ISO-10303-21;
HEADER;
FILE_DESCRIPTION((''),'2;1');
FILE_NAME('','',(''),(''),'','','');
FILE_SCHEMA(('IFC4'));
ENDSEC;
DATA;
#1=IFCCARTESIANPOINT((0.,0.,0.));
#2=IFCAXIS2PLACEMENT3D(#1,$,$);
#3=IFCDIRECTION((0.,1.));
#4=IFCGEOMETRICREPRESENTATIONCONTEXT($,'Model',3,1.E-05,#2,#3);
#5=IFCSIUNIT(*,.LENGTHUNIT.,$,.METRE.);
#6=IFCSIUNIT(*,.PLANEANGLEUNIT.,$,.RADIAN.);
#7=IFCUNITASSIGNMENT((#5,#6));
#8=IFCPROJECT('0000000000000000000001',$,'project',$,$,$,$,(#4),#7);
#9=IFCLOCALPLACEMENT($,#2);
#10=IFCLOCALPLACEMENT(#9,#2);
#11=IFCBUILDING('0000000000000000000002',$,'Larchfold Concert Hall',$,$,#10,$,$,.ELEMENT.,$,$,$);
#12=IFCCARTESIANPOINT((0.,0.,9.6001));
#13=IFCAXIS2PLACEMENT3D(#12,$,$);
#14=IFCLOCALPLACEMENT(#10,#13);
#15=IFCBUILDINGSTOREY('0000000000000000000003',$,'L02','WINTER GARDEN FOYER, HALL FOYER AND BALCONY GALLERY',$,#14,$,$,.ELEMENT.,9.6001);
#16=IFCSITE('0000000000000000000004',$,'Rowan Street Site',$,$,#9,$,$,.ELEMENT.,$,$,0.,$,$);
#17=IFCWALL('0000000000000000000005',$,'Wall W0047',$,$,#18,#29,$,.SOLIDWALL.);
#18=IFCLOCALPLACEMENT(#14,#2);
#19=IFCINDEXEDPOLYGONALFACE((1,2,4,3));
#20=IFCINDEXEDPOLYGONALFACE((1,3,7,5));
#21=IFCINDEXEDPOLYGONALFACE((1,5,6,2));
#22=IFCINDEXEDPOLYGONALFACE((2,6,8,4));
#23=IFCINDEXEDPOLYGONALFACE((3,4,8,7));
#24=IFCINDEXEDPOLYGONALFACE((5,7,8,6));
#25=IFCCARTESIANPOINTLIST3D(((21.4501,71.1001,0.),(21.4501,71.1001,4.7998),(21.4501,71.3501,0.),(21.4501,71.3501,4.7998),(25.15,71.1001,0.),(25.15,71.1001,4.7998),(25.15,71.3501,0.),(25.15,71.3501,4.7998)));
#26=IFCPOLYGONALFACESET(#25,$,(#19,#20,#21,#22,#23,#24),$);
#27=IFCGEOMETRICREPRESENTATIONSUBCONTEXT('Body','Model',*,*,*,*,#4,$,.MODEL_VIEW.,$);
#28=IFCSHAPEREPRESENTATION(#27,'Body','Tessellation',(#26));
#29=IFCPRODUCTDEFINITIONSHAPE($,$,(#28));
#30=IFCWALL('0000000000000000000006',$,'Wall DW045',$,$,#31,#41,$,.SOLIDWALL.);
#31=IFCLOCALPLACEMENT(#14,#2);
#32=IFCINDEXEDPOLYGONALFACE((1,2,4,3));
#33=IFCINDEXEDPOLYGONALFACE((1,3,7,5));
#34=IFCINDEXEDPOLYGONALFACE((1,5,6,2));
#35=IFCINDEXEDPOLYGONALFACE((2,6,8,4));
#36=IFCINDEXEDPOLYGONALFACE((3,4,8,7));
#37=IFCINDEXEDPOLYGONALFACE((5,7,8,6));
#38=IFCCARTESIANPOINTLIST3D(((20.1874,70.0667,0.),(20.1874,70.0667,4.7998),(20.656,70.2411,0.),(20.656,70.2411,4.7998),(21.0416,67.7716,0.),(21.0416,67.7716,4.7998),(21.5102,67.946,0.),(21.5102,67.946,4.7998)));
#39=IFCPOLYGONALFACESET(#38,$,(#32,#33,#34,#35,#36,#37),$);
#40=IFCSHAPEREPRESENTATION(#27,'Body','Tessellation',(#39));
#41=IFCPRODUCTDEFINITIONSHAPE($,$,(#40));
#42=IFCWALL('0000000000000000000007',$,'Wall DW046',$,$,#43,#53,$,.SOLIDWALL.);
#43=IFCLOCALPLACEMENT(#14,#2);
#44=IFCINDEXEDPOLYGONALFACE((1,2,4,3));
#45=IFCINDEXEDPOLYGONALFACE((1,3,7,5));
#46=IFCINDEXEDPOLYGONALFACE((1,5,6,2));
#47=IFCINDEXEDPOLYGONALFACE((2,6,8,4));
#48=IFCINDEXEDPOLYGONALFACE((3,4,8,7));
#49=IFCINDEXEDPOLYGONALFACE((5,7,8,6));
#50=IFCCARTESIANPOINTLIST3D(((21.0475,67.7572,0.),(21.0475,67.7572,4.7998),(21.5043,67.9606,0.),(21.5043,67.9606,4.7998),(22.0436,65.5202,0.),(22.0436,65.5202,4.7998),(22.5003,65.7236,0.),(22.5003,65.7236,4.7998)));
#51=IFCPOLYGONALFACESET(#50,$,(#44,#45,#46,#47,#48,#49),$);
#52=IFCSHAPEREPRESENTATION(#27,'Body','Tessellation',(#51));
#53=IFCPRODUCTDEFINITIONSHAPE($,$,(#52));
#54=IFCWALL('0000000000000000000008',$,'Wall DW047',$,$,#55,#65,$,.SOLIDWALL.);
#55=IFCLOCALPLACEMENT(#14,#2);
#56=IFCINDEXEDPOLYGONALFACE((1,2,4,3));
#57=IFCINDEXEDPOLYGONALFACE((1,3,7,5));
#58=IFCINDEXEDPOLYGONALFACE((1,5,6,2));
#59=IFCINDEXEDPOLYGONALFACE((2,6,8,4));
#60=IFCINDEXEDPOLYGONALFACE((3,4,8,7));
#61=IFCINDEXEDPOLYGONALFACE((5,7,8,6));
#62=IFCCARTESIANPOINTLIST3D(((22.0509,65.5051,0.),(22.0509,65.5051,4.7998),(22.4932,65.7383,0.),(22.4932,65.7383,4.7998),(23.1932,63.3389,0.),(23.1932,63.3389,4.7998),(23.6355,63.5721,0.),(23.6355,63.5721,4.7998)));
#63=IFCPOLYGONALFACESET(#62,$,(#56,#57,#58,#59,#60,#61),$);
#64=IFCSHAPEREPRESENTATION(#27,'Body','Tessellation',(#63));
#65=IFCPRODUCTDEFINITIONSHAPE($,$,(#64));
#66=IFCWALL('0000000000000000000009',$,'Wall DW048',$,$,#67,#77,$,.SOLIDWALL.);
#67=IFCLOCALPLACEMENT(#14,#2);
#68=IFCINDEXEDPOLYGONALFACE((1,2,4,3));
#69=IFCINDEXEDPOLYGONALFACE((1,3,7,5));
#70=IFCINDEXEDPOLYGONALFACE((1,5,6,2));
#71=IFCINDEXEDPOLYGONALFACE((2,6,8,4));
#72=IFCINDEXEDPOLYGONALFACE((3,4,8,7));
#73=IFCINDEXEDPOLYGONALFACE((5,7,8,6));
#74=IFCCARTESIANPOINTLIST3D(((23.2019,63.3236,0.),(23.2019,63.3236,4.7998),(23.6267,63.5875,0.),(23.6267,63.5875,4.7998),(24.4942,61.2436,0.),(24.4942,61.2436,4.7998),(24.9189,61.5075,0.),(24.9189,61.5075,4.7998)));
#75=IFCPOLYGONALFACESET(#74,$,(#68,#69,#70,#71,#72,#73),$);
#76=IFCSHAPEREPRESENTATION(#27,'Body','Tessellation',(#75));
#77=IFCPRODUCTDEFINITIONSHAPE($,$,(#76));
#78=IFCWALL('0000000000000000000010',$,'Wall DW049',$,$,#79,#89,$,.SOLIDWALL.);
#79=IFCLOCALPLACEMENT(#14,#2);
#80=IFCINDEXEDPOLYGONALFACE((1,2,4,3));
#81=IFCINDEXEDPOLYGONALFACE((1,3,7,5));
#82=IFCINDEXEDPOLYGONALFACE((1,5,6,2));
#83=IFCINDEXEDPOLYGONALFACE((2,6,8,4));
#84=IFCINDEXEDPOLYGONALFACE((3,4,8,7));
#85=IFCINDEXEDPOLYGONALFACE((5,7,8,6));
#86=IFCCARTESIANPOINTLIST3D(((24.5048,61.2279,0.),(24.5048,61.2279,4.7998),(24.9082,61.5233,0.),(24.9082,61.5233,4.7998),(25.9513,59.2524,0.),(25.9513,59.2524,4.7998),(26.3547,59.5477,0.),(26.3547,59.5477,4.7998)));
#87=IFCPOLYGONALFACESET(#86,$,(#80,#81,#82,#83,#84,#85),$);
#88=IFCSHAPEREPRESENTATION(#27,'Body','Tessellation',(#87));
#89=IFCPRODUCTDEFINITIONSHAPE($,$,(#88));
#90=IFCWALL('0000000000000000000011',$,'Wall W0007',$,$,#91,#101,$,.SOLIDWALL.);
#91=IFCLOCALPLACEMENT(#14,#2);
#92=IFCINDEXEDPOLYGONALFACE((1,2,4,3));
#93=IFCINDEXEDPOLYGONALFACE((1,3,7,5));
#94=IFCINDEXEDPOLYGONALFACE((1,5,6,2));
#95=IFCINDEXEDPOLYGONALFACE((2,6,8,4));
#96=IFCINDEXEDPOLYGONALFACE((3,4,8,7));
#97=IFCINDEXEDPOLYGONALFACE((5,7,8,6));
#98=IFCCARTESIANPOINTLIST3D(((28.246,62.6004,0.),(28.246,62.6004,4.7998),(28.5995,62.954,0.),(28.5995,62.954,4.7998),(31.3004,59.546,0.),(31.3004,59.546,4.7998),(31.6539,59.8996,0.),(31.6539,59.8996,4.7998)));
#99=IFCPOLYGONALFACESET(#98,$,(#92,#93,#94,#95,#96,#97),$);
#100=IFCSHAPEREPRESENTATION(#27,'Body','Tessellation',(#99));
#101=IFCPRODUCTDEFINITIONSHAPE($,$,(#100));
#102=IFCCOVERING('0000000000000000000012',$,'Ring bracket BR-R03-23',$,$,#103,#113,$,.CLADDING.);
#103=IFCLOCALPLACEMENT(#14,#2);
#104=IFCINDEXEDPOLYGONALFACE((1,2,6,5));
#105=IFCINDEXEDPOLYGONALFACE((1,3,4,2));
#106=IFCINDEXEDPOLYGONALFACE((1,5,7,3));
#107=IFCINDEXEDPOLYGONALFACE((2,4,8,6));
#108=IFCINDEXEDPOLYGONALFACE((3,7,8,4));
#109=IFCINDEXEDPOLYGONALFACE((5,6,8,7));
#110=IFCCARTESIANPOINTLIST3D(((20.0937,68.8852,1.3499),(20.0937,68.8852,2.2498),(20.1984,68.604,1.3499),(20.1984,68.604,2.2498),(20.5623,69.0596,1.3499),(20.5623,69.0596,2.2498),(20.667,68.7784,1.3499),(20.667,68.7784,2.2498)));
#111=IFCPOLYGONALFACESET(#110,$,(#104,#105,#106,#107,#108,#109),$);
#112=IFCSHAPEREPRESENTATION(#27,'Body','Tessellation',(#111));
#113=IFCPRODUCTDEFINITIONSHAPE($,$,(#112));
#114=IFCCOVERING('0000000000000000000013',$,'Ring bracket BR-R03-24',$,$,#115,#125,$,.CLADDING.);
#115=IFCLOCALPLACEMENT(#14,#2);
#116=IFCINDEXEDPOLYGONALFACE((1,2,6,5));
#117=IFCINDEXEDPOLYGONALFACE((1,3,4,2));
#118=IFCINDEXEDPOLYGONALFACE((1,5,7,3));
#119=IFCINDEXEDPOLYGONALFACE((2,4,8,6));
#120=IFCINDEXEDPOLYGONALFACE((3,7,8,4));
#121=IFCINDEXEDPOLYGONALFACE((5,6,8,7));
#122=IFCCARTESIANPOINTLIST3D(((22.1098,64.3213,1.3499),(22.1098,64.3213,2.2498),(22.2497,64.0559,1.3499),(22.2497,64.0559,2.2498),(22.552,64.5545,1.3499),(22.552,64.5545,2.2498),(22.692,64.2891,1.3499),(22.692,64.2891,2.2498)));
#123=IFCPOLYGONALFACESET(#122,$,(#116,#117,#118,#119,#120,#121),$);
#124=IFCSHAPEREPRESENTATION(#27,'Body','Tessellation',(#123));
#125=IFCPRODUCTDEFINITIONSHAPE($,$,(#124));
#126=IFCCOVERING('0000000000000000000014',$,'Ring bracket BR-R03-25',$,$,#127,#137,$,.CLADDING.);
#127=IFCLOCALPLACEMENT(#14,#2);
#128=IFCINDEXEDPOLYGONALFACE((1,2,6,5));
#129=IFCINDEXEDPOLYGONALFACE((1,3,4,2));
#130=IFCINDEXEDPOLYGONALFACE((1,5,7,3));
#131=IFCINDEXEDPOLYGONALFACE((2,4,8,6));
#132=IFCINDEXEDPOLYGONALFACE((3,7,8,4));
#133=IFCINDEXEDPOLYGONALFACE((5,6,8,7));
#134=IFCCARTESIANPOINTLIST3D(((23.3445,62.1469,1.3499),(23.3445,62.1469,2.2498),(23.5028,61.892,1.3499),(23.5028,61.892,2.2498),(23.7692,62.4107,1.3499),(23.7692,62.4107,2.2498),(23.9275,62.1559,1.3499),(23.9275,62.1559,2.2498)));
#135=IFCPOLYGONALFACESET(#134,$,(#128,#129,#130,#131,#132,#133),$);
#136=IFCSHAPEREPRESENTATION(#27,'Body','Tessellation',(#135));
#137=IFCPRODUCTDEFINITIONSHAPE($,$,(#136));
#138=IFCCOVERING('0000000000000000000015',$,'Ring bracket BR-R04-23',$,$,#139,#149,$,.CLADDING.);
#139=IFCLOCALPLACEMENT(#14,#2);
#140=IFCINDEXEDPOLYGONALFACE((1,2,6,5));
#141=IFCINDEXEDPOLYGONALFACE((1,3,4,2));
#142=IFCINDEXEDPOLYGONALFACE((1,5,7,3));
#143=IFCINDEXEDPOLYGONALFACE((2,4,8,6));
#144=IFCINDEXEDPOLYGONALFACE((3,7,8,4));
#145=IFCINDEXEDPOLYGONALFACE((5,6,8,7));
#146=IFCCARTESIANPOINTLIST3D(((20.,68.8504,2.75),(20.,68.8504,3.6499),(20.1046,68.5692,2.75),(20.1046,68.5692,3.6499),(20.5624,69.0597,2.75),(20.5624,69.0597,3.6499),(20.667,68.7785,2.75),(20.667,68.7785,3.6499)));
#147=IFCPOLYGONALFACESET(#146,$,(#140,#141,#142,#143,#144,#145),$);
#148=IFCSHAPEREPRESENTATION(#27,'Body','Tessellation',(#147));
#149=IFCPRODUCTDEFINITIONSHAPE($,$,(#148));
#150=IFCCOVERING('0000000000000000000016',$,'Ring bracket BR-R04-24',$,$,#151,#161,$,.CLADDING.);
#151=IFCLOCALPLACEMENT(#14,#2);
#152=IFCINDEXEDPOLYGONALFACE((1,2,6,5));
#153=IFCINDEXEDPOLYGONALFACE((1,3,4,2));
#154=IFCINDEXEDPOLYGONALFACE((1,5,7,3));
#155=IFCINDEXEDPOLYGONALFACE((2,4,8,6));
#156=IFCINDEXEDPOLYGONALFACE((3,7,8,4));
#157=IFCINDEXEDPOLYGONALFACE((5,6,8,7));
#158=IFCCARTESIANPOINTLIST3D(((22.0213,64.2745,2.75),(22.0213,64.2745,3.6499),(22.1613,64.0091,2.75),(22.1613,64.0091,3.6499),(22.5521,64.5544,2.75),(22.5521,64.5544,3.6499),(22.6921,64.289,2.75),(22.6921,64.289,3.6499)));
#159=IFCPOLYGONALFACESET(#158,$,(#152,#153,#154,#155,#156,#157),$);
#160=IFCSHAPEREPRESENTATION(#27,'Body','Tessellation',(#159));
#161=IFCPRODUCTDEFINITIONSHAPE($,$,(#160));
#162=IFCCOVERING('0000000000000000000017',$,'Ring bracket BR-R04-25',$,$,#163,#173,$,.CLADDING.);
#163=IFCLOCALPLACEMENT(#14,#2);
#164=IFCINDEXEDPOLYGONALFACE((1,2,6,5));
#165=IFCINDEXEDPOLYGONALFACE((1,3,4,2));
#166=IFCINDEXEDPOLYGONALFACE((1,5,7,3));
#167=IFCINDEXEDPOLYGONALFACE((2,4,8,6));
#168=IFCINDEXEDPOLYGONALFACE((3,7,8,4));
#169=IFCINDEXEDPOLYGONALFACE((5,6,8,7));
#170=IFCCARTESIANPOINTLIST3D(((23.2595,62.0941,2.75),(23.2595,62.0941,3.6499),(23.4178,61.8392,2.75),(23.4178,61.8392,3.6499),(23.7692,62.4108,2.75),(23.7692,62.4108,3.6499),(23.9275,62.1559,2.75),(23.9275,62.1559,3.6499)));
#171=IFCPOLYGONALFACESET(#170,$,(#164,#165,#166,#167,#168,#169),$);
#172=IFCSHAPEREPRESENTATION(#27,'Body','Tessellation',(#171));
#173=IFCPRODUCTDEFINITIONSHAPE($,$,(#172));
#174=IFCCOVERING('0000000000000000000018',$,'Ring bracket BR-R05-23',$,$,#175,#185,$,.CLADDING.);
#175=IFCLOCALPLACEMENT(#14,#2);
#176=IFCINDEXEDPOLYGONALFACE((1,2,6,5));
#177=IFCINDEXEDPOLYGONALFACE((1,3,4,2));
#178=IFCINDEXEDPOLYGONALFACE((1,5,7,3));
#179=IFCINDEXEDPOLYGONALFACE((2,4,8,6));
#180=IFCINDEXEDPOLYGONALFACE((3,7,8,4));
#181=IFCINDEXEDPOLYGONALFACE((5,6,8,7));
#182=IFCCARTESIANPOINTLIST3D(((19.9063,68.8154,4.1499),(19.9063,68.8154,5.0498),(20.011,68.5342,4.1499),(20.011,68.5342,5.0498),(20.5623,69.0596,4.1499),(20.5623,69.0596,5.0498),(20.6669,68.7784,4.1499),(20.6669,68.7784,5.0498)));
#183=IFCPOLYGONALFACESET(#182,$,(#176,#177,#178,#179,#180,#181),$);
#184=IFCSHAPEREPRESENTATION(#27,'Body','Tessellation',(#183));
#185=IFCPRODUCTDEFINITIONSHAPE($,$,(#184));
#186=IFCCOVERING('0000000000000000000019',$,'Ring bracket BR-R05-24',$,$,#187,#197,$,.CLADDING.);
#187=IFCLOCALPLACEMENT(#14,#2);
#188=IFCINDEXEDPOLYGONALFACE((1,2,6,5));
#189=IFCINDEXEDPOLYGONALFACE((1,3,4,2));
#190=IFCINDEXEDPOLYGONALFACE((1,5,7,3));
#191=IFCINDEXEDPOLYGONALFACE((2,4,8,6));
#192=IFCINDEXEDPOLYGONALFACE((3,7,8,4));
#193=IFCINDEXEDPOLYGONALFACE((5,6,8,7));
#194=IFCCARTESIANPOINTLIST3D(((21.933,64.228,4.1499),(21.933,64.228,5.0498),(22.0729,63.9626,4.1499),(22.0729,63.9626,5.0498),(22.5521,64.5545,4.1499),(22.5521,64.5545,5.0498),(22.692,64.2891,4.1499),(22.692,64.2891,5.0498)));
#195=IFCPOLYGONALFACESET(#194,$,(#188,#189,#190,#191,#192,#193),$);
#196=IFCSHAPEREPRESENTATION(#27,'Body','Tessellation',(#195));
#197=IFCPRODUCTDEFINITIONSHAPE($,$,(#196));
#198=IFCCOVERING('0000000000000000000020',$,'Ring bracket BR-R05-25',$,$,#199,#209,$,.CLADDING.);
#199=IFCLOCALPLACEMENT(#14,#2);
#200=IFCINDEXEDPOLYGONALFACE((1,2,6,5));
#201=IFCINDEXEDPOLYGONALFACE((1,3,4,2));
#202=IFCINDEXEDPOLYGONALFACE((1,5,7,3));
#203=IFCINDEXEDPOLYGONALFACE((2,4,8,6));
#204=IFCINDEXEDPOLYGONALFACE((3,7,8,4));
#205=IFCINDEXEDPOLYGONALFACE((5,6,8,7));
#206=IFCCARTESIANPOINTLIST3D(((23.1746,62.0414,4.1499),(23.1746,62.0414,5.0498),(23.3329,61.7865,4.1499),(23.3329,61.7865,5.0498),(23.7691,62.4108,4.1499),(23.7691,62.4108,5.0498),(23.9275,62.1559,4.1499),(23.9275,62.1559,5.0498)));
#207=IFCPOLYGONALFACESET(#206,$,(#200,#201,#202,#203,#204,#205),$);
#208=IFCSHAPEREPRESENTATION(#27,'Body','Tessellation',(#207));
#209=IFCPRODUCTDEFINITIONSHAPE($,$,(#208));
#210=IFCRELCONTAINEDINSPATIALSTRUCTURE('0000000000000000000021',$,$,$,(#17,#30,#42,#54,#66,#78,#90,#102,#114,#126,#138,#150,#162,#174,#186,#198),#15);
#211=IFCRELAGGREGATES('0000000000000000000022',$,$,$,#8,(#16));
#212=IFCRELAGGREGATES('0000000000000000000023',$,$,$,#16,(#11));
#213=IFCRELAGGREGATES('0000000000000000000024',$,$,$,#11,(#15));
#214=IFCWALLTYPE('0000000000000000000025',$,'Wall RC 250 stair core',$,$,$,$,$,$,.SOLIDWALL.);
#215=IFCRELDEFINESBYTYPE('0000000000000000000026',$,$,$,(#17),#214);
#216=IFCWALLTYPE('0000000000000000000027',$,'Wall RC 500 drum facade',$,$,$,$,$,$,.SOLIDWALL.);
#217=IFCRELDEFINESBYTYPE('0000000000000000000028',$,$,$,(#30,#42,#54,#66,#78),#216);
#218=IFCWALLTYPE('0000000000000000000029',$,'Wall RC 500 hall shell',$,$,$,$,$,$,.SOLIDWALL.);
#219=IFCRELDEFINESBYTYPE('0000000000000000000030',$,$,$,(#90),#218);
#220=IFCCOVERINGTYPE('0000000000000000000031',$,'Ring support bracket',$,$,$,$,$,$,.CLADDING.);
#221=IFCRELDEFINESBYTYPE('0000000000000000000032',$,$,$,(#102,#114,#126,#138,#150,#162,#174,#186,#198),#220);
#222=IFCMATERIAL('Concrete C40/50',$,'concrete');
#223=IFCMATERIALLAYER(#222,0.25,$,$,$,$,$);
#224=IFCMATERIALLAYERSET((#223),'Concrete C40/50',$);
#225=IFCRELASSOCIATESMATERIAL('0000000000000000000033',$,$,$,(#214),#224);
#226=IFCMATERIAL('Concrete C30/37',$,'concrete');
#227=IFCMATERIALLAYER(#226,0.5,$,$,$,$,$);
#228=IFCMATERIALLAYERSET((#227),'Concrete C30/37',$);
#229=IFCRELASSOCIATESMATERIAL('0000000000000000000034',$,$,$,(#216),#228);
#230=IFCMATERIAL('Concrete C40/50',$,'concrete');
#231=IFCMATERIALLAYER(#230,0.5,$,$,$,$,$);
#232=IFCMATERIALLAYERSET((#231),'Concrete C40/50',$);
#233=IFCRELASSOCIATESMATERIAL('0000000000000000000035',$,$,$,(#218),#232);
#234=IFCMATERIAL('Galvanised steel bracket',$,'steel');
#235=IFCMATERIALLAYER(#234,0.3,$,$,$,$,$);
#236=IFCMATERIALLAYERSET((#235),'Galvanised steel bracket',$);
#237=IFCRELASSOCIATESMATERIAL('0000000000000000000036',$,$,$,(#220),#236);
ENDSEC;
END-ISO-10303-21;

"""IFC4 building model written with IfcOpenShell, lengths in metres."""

from ifc_helpers import new_model, si_unit, direction, frame, frame_2d, origin, origin_2d, place, context, subcontext, project, spatial, rectangle, extrude, material, layer, layer_set, type_object, element, save


model = new_model("IFC4")

# Units and contexts
model_context = context("Model", 3, precision=1e-05, world=origin(), true_north=direction((0.0, 1.0)))
body_context = subcontext(model_context, "Body", "Model", "MODEL_VIEW")
ifc_project = project(units=[si_unit("LENGTHUNIT", "METRE"), si_unit("PLANEANGLEUNIT", "RADIAN")], contexts=[model_context])

# Site, building, storey
site_placement = place(None, origin())
site = spatial("IfcSite", under=ifc_project, at=site_placement, Name="Rowan Street Site", CompositionType="ELEMENT", RefElevation=0.0)
building_placement = place(site_placement, origin())
building = spatial("IfcBuilding", under=site, at=building_placement, Name="Larchfold Concert Hall", CompositionType="ELEMENT")
storey_placement = place(building_placement, frame((0.0, 0.0, 9.6001)))
storey = spatial("IfcBuildingStorey", under=building, at=storey_placement, Name="L02", Description="WINTER GARDEN FOYER, HALL FOYER AND BALCONY GALLERY", CompositionType="ELEMENT", Elevation=9.6001)

# Walls
ifc_material_1 = material(Name="Concrete C40/50", Category="concrete")
ifc_layer_1 = layer(ifc_material_1, 0.25)
ifc_layer_set_1 = layer_set([ifc_layer_1], Name="Concrete C40/50")
wall_type_1 = type_object("IfcWallType", Name="Wall RC 250 stair core", PredefinedType="SOLIDWALL", material=ifc_layer_set_1)
wall_1_placement = place(storey_placement, frame((21.45, 71.2251, 0.0), z_axis=(0.0, 0.0, 1.0), x_axis=(1.0, 0.0, 0.0)))
element("IfcWall", 1, at=wall_1_placement, inside=storey, type_object=wall_type_1, Name="Wall W0047", PredefinedType="SOLIDWALL", context=body_context, shape_type="SweptSolid", body=[
    extrude(rectangle(XDim=3.7, YDim=0.25, at=frame_2d((1.8501, 0.0))), origin(), (0.0, 0.0, 1.0), 4.7998),
])
ifc_material_2 = material(Name="Concrete C30/37", Category="concrete")
ifc_layer_2 = layer(ifc_material_2, 0.5)
ifc_layer_set_2 = layer_set([ifc_layer_2], Name="Concrete C30/37")
wall_type_2 = type_object("IfcWallType", Name="Wall RC 500 drum facade", PredefinedType="SOLIDWALL", material=ifc_layer_set_2)
wall_2_placement = place(storey_placement, frame((20.4216, 70.1541, 0.0), z_axis=(0.0, 0.0, 1.0), x_axis=(0.348817, -0.937191, 0.0)))
element("IfcWall", 2, at=wall_2_placement, inside=storey, type_object=wall_type_2, Name="Wall DW045", PredefinedType="SOLIDWALL", context=body_context, shape_type="SweptSolid", body=[
    extrude(rectangle(XDim=2.449, YDim=0.5, at=frame_2d((1.2246, 0.0))), origin(), (0.0, 0.0, 1.0), 4.7998),
])
wall_3_placement = place(storey_placement, frame((21.2759, 67.8589, 0.0), z_axis=(0.0, 0.0, 1.0), x_axis=(0.406767, -0.913532, 0.0)))
element("IfcWall", 3, at=wall_3_placement, inside=storey, type_object=wall_type_2, Name="Wall DW046", PredefinedType="SOLIDWALL", context=body_context, shape_type="SweptSolid", body=[
    extrude(rectangle(XDim=2.4487, YDim=0.5, at=frame_2d((1.2244, 0.0))), origin(), (0.0, 0.0, 1.0), 4.7998),
])
wall_4_placement = place(storey_placement, frame((22.272, 65.6218, 0.0), z_axis=(0.0, 0.0, 1.0), x_axis=(0.466449, -0.884548, 0.0)))
element("IfcWall", 4, at=wall_4_placement, inside=storey, type_object=wall_type_2, Name="Wall DW047", PredefinedType="SOLIDWALL", context=body_context, shape_type="SweptSolid", body=[
    extrude(rectangle(XDim=2.449, YDim=0.5, at=frame_2d((1.2246, 0.0))), origin(), (0.0, 0.0, 1.0), 4.7998),
])
wall_5_placement = place(storey_placement, frame((23.4143, 63.4556, 0.0), z_axis=(0.0, 0.0, 1.0), x_axis=(0.527703, -0.849429, 0.0)))
element("IfcWall", 5, at=wall_5_placement, inside=storey, type_object=wall_type_2, Name="Wall DW048", PredefinedType="SOLIDWALL", context=body_context, shape_type="SweptSolid", body=[
    extrude(rectangle(XDim=2.4487, YDim=0.5, at=frame_2d((1.2244, 0.0))), origin(), (0.0, 0.0, 1.0), 4.7998),
])
wall_6_placement = place(storey_placement, frame((24.7065, 61.3755, 0.0), z_axis=(0.0, 0.0, 1.0), x_axis=(0.590771, -0.806839, 0.0)))
element("IfcWall", 6, at=wall_6_placement, inside=storey, type_object=wall_type_2, Name="Wall DW049", PredefinedType="SOLIDWALL", context=body_context, shape_type="SweptSolid", body=[
    extrude(rectangle(XDim=2.4485, YDim=0.5, at=frame_2d((1.2241, 0.0))), origin(), (0.0, 0.0, 1.0), 4.7998),
])
ifc_material_3 = material(Name="Concrete C40/50", Category="concrete")
ifc_layer_3 = layer(ifc_material_3, 0.5)
ifc_layer_set_3 = layer_set([ifc_layer_3], Name="Concrete C40/50")
wall_type_3 = type_object("IfcWallType", Name="Wall RC 500 hall shell", PredefinedType="SOLIDWALL", material=ifc_layer_set_3)
wall_7_placement = place(storey_placement, frame((28.4229, 62.7771, 0.0), z_axis=(0.0, 0.0, 1.0), x_axis=(0.707107, -0.707107, 0.0)))
element("IfcWall", 7, at=wall_7_placement, inside=storey, type_object=wall_type_3, Name="Wall W0007", PredefinedType="SOLIDWALL", context=body_context, shape_type="SweptSolid", body=[
    extrude(rectangle(XDim=4.3196, YDim=0.5, at=frame_2d((2.1597, 0.0))), origin(), (0.0, 0.0, 1.0), 4.7998),
])

# Coverings
ifc_material_4 = material(Name="Galvanised steel bracket", Category="steel")
ifc_layer_4 = layer(ifc_material_4, 0.3)
ifc_layer_set_4 = layer_set([ifc_layer_4], Name="Galvanised steel bracket")
covering_type = type_object("IfcCoveringType", Name="Ring support bracket", PredefinedType="CLADDING", material=ifc_layer_set_4)
for number, where, z_axis, x_axis, name in (
    (8, (20.3804, 68.8318, 1.3499), (0.0, 0.0, 1.0), (-0.937177, -0.348853, 0.0), "Ring bracket BR-R03-23"),
    (9, (22.4009, 64.3052, 1.3499), (0.0, 0.0, 1.0), (-0.884536, -0.466473, 0.0), "Ring bracket BR-R03-24"),
    (10, (23.636, 62.1514, 1.3499), (0.0, 0.0, 1.0), (-0.849391, -0.527764, 0.0), "Ring bracket BR-R03-25"),
):
    element("IfcCovering", number, at=place(storey_placement, frame(where, z_axis=z_axis, x_axis=x_axis)), inside=storey, type_object=covering_type, Name=name, PredefinedType="CLADDING", context=body_context, shape_type="SweptSolid", body=[
        extrude(rectangle(XDim=0.5, YDim=0.3, at=origin_2d()), origin(), (0.0, 0.0, 1.0), 0.8999),
    ])
for number, where, z_axis, x_axis, name in (
    (11, (20.3335, 68.8145, 2.75), (0.0, 0.0, 1.0), (-0.937177, -0.348853, 0.0), "Ring bracket BR-R04-23"),
    (12, (22.3567, 64.2817, 2.75), (0.0, 0.0, 1.0), (-0.884536, -0.466473, 0.0), "Ring bracket BR-R04-24"),
    (13, (23.5935, 62.125, 2.75), (0.0, 0.0, 1.0), (-0.849391, -0.527764, 0.0), "Ring bracket BR-R04-25"),
):
    element("IfcCovering", number, at=place(storey_placement, frame(where, z_axis=z_axis, x_axis=x_axis)), inside=storey, type_object=covering_type, Name=name, PredefinedType="CLADDING", context=body_context, shape_type="SweptSolid", body=[
        extrude(rectangle(XDim=0.6001, YDim=0.3, at=origin_2d()), origin(), (0.0, 0.0, 1.0), 0.8999),
    ])
for number, where, z_axis, x_axis, name in (
    (14, (20.2866, 68.7969, 4.1499), (0.0, 0.0, 1.0), (-0.937177, -0.348853, 0.0), "Ring bracket BR-R05-23"),
    (15, (22.3125, 64.2585, 4.1499), (0.0, 0.0, 1.0), (-0.884536, -0.466473, 0.0), "Ring bracket BR-R05-24"),
    (16, (23.551, 62.0986, 4.1499), (0.0, 0.0, 1.0), (-0.849391, -0.527764, 0.0), "Ring bracket BR-R05-25"),
):
    element("IfcCovering", number, at=place(storey_placement, frame(where, z_axis=z_axis, x_axis=x_axis)), inside=storey, type_object=covering_type, Name=name, PredefinedType="CLADDING", context=body_context, shape_type="SweptSolid", body=[
        extrude(rectangle(XDim=0.7, YDim=0.3, at=origin_2d()), origin(), (0.0, 0.0, 1.0), 0.8999),
    ])

save(model, "model.ifc")
